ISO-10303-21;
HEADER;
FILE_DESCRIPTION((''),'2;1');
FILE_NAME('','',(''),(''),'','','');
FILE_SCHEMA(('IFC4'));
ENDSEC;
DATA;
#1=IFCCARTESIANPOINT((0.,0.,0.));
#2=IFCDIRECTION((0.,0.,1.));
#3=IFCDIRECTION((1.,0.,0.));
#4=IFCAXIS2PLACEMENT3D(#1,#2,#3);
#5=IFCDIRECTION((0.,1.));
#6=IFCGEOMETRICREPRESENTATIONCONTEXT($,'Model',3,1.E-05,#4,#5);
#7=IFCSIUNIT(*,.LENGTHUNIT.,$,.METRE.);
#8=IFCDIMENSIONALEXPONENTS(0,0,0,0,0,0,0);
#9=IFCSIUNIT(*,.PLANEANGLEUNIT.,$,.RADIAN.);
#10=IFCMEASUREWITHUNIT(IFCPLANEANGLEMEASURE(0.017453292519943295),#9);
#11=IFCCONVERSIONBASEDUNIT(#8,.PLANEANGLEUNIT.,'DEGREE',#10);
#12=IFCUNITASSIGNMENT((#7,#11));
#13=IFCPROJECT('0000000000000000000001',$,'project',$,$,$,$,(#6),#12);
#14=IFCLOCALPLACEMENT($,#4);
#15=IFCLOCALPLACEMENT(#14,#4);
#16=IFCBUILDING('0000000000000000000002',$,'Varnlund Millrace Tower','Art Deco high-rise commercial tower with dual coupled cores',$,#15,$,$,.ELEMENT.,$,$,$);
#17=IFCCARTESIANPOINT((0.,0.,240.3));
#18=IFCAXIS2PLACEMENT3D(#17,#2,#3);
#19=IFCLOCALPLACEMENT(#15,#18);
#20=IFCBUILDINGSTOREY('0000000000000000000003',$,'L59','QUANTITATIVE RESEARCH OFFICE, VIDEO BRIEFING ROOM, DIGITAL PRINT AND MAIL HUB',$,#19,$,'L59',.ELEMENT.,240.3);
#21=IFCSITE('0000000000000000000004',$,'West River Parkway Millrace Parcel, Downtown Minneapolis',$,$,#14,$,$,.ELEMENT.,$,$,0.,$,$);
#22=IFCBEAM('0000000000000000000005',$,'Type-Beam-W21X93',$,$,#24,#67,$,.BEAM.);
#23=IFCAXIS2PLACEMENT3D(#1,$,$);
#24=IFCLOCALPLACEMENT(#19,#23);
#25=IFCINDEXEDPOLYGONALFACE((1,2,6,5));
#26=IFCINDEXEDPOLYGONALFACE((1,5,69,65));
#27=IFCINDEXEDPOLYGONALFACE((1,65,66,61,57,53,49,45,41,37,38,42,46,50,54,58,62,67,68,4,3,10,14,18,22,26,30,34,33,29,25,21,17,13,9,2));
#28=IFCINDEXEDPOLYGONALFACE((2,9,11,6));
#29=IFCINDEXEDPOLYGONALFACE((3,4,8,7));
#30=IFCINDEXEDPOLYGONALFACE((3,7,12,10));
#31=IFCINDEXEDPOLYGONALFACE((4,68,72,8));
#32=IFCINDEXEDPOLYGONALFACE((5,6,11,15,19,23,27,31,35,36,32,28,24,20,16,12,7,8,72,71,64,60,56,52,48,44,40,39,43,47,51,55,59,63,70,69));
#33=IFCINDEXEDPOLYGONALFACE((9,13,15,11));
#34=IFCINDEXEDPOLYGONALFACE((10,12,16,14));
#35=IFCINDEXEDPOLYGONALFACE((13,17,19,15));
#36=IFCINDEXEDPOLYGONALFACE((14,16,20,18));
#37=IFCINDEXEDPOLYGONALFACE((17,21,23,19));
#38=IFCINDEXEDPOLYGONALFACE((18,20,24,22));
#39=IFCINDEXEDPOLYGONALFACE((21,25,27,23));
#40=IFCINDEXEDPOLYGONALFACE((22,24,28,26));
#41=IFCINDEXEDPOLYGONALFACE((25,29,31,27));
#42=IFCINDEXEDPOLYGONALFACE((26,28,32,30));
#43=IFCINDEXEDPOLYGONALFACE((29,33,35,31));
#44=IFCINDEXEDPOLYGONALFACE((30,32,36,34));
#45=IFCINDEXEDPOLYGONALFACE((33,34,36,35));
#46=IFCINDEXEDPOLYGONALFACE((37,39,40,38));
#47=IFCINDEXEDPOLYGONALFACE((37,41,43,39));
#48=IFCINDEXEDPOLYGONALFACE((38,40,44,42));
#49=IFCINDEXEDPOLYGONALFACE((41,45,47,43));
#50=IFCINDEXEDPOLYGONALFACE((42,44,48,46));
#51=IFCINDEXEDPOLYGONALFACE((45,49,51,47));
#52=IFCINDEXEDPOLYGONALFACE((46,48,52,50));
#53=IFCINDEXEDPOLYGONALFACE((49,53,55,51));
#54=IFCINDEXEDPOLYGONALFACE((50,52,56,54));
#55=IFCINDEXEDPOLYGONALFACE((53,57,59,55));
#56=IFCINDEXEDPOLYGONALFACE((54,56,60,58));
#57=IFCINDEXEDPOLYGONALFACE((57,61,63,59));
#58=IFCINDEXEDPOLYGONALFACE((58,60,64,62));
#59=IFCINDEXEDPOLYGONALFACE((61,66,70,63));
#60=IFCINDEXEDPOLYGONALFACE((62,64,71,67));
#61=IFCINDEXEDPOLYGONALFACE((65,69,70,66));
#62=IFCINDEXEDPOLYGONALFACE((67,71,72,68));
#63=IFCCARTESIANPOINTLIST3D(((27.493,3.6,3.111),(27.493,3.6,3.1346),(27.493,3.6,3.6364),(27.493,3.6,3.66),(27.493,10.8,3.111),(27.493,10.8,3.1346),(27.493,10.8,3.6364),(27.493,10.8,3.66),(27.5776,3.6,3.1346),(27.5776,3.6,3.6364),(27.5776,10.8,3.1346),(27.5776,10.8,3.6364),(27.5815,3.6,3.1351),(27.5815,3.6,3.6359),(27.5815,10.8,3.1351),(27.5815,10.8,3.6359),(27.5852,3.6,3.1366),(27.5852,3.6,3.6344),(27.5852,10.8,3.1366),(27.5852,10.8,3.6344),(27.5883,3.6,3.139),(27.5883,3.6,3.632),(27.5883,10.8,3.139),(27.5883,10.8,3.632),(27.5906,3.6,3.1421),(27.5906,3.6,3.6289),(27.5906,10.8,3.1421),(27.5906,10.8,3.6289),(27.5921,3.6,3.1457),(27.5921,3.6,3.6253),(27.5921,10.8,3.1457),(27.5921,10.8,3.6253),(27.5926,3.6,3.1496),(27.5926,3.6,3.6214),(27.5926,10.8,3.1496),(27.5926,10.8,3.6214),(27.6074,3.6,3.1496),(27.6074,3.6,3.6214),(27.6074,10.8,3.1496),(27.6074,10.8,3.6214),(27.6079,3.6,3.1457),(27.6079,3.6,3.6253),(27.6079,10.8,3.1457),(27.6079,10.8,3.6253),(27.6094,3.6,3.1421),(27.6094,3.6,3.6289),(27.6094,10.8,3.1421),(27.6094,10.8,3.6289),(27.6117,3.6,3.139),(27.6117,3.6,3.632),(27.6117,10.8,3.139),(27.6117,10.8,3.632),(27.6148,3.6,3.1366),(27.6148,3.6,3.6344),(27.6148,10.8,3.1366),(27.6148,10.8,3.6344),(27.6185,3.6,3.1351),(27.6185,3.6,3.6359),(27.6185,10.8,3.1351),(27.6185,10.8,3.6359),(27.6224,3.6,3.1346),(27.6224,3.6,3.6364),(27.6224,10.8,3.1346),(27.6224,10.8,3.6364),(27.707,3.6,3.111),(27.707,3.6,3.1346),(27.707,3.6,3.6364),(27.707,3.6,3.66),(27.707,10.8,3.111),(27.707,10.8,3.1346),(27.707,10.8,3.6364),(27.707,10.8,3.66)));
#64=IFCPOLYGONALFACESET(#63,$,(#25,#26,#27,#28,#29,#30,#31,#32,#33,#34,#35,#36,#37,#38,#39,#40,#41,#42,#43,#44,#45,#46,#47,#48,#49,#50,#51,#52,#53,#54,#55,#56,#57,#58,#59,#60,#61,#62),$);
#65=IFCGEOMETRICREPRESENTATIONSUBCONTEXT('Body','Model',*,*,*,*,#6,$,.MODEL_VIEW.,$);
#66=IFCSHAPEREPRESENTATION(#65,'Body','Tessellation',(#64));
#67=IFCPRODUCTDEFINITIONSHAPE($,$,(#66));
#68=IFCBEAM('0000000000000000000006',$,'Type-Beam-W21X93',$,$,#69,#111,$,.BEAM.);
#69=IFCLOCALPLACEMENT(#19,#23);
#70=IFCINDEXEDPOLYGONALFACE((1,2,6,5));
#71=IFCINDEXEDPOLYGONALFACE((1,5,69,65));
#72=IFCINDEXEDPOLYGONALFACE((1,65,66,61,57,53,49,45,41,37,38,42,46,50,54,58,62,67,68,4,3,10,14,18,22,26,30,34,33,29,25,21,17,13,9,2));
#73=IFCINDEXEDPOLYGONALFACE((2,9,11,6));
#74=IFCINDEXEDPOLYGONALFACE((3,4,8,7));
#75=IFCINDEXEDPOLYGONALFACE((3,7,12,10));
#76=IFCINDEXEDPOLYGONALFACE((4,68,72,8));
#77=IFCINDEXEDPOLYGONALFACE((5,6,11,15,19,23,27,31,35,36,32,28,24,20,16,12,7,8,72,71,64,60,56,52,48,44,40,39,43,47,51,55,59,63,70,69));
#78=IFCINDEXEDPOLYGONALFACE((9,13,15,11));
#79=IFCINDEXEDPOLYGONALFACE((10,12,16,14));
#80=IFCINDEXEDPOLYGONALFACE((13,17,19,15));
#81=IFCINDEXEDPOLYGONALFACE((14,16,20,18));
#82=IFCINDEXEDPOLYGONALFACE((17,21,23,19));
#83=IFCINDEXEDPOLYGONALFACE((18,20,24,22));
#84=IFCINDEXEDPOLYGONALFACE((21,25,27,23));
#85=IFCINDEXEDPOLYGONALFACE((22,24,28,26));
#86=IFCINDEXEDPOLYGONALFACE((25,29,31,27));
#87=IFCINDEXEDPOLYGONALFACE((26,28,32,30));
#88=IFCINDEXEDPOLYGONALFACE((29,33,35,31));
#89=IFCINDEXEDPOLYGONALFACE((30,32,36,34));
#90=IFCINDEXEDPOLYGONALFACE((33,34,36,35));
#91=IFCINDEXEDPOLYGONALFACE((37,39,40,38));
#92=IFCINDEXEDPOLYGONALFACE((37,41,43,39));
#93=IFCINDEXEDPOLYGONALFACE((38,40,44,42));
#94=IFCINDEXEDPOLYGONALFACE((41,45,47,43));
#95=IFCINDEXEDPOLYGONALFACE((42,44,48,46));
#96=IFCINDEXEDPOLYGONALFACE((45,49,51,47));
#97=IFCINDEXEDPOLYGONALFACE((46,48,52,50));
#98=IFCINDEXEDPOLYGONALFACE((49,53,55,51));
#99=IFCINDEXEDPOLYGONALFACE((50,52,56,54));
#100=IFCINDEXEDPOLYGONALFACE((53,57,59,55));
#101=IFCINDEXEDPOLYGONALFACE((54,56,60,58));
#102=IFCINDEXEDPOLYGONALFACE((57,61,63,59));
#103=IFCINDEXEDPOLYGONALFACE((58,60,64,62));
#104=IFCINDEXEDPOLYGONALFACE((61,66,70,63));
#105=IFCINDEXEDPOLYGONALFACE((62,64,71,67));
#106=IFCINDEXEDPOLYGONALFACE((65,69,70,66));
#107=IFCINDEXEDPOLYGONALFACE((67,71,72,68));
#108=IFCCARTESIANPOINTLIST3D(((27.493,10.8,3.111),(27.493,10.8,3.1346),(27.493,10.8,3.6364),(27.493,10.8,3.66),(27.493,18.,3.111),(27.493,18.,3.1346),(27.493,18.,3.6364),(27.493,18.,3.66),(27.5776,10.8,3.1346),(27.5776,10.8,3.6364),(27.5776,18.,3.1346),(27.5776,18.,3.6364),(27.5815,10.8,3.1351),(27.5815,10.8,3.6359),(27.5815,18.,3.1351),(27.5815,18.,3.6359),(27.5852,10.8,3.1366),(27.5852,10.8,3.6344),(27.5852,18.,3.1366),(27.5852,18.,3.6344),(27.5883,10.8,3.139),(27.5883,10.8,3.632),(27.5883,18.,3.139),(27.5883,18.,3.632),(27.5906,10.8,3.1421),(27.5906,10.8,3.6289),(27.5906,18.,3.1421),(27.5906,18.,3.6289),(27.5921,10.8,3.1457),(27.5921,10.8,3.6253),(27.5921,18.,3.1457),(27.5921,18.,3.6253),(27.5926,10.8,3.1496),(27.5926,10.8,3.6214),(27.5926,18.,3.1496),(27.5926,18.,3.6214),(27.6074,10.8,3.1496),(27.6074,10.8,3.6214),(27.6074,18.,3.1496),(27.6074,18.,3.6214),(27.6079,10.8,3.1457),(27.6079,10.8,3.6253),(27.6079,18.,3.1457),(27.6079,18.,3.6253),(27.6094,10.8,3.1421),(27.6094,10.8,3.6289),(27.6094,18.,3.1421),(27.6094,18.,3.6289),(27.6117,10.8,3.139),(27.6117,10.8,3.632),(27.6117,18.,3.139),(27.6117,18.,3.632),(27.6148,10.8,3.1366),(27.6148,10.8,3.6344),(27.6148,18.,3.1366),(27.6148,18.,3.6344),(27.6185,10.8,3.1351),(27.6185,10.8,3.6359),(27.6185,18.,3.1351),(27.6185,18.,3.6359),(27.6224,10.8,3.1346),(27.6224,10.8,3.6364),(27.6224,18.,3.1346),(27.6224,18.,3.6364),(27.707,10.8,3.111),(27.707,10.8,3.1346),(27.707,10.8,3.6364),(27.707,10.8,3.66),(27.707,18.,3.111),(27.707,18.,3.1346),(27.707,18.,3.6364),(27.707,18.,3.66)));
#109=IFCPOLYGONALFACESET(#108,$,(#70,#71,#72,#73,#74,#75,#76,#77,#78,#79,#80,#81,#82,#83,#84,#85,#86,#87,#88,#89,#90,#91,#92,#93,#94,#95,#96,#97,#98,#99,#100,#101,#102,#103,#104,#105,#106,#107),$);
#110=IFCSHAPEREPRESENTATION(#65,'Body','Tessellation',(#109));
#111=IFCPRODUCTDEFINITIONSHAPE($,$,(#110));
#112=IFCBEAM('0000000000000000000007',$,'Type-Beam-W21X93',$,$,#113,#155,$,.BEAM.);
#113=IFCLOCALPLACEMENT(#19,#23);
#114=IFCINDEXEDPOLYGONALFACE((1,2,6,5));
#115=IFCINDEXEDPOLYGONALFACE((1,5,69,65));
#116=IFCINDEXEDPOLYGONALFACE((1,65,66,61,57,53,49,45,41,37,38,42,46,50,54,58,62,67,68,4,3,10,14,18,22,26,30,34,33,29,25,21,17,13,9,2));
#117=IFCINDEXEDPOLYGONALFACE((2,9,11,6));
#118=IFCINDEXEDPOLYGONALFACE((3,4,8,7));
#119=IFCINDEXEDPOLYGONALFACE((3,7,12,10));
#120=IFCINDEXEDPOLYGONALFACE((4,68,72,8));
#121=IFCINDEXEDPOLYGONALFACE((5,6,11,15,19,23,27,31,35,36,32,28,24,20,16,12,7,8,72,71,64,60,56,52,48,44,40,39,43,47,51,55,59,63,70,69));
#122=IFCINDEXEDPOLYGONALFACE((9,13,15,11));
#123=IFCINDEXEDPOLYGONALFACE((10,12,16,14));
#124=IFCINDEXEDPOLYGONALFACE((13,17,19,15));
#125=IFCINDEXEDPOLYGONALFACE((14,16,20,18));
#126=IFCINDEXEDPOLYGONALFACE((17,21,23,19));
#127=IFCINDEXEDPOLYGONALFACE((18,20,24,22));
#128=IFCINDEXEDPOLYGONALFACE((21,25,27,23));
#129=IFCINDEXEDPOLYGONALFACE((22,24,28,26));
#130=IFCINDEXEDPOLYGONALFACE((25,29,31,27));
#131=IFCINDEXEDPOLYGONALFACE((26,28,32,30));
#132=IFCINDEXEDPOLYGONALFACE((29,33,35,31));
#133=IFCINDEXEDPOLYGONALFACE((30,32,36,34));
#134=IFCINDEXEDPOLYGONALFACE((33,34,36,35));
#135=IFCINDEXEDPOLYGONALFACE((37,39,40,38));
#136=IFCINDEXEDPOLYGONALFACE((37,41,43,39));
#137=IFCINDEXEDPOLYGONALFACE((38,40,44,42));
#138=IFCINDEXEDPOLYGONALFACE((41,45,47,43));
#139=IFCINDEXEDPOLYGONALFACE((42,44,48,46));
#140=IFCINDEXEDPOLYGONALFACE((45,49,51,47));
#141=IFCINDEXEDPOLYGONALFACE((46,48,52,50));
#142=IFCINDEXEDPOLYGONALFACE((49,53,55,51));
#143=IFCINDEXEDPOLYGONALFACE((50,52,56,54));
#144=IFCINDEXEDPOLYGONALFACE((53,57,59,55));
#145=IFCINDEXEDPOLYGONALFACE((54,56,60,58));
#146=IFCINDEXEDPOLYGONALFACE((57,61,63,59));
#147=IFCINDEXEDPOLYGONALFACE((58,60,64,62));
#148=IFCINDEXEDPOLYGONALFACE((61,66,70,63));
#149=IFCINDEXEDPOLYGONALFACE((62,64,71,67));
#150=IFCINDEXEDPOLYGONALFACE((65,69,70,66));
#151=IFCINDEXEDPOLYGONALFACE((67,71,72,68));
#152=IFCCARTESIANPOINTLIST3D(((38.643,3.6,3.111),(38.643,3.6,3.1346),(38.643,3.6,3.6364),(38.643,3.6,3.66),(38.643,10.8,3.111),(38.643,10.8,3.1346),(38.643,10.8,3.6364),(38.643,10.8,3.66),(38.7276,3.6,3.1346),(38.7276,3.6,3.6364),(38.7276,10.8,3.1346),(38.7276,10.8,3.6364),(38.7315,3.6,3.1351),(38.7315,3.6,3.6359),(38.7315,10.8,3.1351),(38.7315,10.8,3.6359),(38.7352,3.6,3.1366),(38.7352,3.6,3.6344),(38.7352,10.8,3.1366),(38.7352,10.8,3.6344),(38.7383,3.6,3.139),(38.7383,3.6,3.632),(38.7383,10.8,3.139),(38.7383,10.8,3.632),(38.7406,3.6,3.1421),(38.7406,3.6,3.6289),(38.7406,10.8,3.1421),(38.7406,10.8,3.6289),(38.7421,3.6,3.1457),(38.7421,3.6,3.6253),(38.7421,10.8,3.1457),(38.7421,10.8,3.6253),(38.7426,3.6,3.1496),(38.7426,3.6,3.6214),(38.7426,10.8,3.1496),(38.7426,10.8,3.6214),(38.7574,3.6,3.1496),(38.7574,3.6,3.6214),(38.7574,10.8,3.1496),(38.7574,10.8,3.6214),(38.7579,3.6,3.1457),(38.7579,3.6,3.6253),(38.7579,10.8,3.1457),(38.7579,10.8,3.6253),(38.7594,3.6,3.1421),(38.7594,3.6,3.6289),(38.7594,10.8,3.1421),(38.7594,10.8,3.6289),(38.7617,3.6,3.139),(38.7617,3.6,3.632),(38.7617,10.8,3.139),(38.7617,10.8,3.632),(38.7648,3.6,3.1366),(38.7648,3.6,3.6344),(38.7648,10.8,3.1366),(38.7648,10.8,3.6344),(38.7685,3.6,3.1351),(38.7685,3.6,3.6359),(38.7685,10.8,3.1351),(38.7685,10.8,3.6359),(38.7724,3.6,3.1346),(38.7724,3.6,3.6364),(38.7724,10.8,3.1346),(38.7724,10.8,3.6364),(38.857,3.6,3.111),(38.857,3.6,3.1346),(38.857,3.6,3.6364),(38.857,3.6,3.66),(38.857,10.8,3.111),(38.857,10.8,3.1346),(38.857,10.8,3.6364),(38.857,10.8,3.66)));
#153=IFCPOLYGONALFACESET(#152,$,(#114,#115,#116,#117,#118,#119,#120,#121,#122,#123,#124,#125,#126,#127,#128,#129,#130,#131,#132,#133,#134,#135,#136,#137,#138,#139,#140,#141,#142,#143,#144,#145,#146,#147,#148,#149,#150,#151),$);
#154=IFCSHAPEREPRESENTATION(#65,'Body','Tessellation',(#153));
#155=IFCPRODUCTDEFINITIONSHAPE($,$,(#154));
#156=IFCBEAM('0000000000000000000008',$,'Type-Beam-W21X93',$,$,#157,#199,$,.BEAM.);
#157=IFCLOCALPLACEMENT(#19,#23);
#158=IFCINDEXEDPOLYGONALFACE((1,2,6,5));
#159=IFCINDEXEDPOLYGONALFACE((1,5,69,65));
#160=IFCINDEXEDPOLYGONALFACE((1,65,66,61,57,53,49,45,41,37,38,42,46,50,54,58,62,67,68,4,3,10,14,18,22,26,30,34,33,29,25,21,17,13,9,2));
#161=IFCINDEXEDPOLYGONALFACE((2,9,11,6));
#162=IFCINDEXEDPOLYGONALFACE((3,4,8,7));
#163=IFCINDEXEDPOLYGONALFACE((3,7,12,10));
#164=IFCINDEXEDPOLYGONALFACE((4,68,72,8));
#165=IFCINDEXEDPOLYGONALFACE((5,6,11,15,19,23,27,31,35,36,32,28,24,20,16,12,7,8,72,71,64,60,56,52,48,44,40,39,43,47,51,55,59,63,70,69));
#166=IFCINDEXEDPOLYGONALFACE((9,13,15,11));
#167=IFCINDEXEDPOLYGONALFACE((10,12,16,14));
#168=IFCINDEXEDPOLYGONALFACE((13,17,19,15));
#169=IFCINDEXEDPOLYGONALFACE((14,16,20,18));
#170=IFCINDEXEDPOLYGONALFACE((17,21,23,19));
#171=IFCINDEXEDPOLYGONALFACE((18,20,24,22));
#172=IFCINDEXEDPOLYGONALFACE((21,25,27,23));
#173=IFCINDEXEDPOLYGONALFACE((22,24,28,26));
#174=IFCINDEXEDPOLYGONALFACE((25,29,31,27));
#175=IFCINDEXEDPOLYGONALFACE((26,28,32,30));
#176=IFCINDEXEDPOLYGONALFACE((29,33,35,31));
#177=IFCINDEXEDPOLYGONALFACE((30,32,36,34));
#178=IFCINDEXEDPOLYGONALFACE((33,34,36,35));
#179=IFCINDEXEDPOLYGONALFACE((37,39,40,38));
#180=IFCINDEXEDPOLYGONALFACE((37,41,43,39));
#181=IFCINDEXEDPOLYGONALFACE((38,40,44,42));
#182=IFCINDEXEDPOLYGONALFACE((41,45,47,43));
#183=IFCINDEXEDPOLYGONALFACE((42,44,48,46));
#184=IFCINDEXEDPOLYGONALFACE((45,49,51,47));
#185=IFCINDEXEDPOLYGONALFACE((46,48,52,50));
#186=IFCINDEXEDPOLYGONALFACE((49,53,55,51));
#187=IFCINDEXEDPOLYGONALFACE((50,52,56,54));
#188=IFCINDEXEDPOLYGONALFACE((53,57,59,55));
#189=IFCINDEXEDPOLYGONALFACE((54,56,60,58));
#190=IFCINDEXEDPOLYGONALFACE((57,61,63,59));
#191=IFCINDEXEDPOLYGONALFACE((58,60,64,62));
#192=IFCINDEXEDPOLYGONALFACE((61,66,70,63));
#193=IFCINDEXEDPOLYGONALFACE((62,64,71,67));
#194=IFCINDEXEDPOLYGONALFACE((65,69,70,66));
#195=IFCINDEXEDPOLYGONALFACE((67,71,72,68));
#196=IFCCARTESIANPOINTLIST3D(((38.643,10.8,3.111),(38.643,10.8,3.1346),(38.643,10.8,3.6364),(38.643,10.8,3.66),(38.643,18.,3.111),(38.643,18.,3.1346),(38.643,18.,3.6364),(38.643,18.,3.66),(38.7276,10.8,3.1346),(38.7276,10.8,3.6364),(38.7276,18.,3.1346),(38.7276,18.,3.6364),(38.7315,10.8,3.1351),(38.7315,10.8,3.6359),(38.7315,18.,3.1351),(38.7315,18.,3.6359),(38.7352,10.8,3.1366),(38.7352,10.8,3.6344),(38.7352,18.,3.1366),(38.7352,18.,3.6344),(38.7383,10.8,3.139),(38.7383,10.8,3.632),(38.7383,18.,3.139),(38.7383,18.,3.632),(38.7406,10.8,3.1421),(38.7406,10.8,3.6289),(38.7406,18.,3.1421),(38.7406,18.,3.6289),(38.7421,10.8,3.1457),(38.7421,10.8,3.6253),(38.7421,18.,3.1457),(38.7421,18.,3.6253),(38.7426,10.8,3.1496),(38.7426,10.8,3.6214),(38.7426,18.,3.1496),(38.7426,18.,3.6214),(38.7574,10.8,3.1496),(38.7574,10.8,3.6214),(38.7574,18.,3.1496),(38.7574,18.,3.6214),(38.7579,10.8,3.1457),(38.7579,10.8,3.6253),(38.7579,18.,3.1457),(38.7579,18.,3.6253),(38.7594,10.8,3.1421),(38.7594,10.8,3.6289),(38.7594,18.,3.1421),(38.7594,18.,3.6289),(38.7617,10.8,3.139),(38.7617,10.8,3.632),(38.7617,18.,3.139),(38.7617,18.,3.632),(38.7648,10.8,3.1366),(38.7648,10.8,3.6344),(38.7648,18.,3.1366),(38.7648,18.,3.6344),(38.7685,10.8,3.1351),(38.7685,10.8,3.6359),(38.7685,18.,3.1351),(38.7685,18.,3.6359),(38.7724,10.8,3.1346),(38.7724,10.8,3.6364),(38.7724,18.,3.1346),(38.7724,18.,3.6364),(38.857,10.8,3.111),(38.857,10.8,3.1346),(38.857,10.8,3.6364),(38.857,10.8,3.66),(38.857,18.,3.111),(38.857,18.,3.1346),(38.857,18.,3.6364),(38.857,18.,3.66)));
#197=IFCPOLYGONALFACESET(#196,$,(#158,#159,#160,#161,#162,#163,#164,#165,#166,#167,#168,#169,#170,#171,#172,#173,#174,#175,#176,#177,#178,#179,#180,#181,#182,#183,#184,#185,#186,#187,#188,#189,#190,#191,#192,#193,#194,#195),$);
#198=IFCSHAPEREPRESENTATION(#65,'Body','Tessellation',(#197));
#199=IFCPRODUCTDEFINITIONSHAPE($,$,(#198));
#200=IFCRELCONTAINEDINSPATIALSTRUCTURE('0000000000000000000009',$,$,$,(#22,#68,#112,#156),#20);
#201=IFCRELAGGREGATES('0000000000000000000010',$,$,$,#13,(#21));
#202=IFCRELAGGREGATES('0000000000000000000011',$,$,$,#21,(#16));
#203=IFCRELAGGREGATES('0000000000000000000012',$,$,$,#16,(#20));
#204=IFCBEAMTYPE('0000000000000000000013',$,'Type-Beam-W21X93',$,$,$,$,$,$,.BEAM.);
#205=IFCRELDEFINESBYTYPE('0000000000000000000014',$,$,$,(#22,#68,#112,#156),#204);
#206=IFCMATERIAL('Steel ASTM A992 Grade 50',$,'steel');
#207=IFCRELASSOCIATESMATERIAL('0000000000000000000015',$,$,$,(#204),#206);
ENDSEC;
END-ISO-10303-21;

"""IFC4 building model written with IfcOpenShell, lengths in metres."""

from ifc_helpers import new_model, entity, si_unit, converted_unit, direction, frame, origin_with_axes, origin_2d_with_axis, place, context, subcontext, project, spatial, i_section, extrude, material, material_profile, profile_set, type_object, element, save


model = new_model("IFC4")

# Units and contexts
model_context = context("Model", 3, precision=1e-05, world=origin_with_axes(), true_north=direction((0.0, 1.0)))
body_context = subcontext(model_context, "Body", "Model", "MODEL_VIEW")
ifc_project = project(units=[si_unit("LENGTHUNIT", "METRE"), converted_unit("PLANEANGLEUNIT", "DEGREE", entity("IfcPlaneAngleMeasure", 0.017453292519943295), si_unit("PLANEANGLEUNIT", "RADIAN"), dimensions=[0, 0, 0, 0, 0, 0, 0])], contexts=[model_context])

# Site, building, storey
site_placement = place(None, origin_with_axes())
site = spatial("IfcSite", under=ifc_project, at=site_placement, Name="West River Parkway Millrace Parcel, Downtown Minneapolis", CompositionType="ELEMENT", RefElevation=0.0)
building_placement = place(site_placement, origin_with_axes())
building = spatial("IfcBuilding", under=site, at=building_placement, Name="Varnlund Millrace Tower", Description="Art Deco high-rise commercial tower with dual coupled cores", CompositionType="ELEMENT")
storey_placement = place(building_placement, frame((0.0, 0.0, 240.3), z_axis=(0.0, 0.0, 1.0), x_axis=(1.0, 0.0, 0.0)))
storey = spatial("IfcBuildingStorey", under=building, at=storey_placement, Name="L59", Description="QUANTITATIVE RESEARCH OFFICE, VIDEO BRIEFING ROOM, DIGITAL PRINT AND MAIL HUB", LongName="L59", CompositionType="ELEMENT", Elevation=240.3)

# Beams
ifc_material_1 = material(Name="Steel ASTM A992 Grade 50", Category="steel")
ifc_material_profile_1 = material_profile(ifc_material_1, i_section(OverallWidth=0.214, OverallDepth=0.549, WebThickness=0.0147, FlangeThickness=0.0236, FilletRadius=0.015, at=origin_2d_with_axis()), Name="Steel ASTM A992 Grade 50")
ifc_profile_set_1 = profile_set([ifc_material_profile_1], Name="Steel ASTM A992 Grade 50")
beam_type_1 = type_object("IfcBeamType", Name="Type-Beam-W21X93", PredefinedType="BEAM", material=ifc_profile_set_1)
for number, where, z_axis, x_axis, name in (
    (1, (27.6, 3.6, 3.3855), (0.0, 1.0, 0.0), (-1.0, 0.0, 0.0), "Type-Beam-W21X93"),
    (2, (27.6, 10.8, 3.3855), (0.0, 1.0, 0.0), (-1.0, 0.0, 0.0), "Type-Beam-W21X93"),
    (3, (38.75, 3.6, 3.3855), (0.0, 1.0, 0.0), (-1.0, 0.0, 0.0), "Type-Beam-W21X93"),
    (4, (38.75, 10.8, 3.3855), (0.0, 1.0, 0.0), (-1.0, 0.0, 0.0), "Type-Beam-W21X93"),
):
    element("IfcBeam", number, at=place(storey_placement, frame(where, z_axis=z_axis, x_axis=x_axis)), inside=storey, type_object=beam_type_1, Name=name, PredefinedType="BEAM", context=body_context, shape_type="SweptSolid", body=[
        extrude(i_section(OverallWidth=0.214, OverallDepth=0.549, WebThickness=0.0147, FlangeThickness=0.0236, FilletRadius=0.015, at=origin_2d_with_axis()), origin_with_axes(), (0.0, 0.0, 1.0), 7.2),
    ])

save(model, "model.ifc")
